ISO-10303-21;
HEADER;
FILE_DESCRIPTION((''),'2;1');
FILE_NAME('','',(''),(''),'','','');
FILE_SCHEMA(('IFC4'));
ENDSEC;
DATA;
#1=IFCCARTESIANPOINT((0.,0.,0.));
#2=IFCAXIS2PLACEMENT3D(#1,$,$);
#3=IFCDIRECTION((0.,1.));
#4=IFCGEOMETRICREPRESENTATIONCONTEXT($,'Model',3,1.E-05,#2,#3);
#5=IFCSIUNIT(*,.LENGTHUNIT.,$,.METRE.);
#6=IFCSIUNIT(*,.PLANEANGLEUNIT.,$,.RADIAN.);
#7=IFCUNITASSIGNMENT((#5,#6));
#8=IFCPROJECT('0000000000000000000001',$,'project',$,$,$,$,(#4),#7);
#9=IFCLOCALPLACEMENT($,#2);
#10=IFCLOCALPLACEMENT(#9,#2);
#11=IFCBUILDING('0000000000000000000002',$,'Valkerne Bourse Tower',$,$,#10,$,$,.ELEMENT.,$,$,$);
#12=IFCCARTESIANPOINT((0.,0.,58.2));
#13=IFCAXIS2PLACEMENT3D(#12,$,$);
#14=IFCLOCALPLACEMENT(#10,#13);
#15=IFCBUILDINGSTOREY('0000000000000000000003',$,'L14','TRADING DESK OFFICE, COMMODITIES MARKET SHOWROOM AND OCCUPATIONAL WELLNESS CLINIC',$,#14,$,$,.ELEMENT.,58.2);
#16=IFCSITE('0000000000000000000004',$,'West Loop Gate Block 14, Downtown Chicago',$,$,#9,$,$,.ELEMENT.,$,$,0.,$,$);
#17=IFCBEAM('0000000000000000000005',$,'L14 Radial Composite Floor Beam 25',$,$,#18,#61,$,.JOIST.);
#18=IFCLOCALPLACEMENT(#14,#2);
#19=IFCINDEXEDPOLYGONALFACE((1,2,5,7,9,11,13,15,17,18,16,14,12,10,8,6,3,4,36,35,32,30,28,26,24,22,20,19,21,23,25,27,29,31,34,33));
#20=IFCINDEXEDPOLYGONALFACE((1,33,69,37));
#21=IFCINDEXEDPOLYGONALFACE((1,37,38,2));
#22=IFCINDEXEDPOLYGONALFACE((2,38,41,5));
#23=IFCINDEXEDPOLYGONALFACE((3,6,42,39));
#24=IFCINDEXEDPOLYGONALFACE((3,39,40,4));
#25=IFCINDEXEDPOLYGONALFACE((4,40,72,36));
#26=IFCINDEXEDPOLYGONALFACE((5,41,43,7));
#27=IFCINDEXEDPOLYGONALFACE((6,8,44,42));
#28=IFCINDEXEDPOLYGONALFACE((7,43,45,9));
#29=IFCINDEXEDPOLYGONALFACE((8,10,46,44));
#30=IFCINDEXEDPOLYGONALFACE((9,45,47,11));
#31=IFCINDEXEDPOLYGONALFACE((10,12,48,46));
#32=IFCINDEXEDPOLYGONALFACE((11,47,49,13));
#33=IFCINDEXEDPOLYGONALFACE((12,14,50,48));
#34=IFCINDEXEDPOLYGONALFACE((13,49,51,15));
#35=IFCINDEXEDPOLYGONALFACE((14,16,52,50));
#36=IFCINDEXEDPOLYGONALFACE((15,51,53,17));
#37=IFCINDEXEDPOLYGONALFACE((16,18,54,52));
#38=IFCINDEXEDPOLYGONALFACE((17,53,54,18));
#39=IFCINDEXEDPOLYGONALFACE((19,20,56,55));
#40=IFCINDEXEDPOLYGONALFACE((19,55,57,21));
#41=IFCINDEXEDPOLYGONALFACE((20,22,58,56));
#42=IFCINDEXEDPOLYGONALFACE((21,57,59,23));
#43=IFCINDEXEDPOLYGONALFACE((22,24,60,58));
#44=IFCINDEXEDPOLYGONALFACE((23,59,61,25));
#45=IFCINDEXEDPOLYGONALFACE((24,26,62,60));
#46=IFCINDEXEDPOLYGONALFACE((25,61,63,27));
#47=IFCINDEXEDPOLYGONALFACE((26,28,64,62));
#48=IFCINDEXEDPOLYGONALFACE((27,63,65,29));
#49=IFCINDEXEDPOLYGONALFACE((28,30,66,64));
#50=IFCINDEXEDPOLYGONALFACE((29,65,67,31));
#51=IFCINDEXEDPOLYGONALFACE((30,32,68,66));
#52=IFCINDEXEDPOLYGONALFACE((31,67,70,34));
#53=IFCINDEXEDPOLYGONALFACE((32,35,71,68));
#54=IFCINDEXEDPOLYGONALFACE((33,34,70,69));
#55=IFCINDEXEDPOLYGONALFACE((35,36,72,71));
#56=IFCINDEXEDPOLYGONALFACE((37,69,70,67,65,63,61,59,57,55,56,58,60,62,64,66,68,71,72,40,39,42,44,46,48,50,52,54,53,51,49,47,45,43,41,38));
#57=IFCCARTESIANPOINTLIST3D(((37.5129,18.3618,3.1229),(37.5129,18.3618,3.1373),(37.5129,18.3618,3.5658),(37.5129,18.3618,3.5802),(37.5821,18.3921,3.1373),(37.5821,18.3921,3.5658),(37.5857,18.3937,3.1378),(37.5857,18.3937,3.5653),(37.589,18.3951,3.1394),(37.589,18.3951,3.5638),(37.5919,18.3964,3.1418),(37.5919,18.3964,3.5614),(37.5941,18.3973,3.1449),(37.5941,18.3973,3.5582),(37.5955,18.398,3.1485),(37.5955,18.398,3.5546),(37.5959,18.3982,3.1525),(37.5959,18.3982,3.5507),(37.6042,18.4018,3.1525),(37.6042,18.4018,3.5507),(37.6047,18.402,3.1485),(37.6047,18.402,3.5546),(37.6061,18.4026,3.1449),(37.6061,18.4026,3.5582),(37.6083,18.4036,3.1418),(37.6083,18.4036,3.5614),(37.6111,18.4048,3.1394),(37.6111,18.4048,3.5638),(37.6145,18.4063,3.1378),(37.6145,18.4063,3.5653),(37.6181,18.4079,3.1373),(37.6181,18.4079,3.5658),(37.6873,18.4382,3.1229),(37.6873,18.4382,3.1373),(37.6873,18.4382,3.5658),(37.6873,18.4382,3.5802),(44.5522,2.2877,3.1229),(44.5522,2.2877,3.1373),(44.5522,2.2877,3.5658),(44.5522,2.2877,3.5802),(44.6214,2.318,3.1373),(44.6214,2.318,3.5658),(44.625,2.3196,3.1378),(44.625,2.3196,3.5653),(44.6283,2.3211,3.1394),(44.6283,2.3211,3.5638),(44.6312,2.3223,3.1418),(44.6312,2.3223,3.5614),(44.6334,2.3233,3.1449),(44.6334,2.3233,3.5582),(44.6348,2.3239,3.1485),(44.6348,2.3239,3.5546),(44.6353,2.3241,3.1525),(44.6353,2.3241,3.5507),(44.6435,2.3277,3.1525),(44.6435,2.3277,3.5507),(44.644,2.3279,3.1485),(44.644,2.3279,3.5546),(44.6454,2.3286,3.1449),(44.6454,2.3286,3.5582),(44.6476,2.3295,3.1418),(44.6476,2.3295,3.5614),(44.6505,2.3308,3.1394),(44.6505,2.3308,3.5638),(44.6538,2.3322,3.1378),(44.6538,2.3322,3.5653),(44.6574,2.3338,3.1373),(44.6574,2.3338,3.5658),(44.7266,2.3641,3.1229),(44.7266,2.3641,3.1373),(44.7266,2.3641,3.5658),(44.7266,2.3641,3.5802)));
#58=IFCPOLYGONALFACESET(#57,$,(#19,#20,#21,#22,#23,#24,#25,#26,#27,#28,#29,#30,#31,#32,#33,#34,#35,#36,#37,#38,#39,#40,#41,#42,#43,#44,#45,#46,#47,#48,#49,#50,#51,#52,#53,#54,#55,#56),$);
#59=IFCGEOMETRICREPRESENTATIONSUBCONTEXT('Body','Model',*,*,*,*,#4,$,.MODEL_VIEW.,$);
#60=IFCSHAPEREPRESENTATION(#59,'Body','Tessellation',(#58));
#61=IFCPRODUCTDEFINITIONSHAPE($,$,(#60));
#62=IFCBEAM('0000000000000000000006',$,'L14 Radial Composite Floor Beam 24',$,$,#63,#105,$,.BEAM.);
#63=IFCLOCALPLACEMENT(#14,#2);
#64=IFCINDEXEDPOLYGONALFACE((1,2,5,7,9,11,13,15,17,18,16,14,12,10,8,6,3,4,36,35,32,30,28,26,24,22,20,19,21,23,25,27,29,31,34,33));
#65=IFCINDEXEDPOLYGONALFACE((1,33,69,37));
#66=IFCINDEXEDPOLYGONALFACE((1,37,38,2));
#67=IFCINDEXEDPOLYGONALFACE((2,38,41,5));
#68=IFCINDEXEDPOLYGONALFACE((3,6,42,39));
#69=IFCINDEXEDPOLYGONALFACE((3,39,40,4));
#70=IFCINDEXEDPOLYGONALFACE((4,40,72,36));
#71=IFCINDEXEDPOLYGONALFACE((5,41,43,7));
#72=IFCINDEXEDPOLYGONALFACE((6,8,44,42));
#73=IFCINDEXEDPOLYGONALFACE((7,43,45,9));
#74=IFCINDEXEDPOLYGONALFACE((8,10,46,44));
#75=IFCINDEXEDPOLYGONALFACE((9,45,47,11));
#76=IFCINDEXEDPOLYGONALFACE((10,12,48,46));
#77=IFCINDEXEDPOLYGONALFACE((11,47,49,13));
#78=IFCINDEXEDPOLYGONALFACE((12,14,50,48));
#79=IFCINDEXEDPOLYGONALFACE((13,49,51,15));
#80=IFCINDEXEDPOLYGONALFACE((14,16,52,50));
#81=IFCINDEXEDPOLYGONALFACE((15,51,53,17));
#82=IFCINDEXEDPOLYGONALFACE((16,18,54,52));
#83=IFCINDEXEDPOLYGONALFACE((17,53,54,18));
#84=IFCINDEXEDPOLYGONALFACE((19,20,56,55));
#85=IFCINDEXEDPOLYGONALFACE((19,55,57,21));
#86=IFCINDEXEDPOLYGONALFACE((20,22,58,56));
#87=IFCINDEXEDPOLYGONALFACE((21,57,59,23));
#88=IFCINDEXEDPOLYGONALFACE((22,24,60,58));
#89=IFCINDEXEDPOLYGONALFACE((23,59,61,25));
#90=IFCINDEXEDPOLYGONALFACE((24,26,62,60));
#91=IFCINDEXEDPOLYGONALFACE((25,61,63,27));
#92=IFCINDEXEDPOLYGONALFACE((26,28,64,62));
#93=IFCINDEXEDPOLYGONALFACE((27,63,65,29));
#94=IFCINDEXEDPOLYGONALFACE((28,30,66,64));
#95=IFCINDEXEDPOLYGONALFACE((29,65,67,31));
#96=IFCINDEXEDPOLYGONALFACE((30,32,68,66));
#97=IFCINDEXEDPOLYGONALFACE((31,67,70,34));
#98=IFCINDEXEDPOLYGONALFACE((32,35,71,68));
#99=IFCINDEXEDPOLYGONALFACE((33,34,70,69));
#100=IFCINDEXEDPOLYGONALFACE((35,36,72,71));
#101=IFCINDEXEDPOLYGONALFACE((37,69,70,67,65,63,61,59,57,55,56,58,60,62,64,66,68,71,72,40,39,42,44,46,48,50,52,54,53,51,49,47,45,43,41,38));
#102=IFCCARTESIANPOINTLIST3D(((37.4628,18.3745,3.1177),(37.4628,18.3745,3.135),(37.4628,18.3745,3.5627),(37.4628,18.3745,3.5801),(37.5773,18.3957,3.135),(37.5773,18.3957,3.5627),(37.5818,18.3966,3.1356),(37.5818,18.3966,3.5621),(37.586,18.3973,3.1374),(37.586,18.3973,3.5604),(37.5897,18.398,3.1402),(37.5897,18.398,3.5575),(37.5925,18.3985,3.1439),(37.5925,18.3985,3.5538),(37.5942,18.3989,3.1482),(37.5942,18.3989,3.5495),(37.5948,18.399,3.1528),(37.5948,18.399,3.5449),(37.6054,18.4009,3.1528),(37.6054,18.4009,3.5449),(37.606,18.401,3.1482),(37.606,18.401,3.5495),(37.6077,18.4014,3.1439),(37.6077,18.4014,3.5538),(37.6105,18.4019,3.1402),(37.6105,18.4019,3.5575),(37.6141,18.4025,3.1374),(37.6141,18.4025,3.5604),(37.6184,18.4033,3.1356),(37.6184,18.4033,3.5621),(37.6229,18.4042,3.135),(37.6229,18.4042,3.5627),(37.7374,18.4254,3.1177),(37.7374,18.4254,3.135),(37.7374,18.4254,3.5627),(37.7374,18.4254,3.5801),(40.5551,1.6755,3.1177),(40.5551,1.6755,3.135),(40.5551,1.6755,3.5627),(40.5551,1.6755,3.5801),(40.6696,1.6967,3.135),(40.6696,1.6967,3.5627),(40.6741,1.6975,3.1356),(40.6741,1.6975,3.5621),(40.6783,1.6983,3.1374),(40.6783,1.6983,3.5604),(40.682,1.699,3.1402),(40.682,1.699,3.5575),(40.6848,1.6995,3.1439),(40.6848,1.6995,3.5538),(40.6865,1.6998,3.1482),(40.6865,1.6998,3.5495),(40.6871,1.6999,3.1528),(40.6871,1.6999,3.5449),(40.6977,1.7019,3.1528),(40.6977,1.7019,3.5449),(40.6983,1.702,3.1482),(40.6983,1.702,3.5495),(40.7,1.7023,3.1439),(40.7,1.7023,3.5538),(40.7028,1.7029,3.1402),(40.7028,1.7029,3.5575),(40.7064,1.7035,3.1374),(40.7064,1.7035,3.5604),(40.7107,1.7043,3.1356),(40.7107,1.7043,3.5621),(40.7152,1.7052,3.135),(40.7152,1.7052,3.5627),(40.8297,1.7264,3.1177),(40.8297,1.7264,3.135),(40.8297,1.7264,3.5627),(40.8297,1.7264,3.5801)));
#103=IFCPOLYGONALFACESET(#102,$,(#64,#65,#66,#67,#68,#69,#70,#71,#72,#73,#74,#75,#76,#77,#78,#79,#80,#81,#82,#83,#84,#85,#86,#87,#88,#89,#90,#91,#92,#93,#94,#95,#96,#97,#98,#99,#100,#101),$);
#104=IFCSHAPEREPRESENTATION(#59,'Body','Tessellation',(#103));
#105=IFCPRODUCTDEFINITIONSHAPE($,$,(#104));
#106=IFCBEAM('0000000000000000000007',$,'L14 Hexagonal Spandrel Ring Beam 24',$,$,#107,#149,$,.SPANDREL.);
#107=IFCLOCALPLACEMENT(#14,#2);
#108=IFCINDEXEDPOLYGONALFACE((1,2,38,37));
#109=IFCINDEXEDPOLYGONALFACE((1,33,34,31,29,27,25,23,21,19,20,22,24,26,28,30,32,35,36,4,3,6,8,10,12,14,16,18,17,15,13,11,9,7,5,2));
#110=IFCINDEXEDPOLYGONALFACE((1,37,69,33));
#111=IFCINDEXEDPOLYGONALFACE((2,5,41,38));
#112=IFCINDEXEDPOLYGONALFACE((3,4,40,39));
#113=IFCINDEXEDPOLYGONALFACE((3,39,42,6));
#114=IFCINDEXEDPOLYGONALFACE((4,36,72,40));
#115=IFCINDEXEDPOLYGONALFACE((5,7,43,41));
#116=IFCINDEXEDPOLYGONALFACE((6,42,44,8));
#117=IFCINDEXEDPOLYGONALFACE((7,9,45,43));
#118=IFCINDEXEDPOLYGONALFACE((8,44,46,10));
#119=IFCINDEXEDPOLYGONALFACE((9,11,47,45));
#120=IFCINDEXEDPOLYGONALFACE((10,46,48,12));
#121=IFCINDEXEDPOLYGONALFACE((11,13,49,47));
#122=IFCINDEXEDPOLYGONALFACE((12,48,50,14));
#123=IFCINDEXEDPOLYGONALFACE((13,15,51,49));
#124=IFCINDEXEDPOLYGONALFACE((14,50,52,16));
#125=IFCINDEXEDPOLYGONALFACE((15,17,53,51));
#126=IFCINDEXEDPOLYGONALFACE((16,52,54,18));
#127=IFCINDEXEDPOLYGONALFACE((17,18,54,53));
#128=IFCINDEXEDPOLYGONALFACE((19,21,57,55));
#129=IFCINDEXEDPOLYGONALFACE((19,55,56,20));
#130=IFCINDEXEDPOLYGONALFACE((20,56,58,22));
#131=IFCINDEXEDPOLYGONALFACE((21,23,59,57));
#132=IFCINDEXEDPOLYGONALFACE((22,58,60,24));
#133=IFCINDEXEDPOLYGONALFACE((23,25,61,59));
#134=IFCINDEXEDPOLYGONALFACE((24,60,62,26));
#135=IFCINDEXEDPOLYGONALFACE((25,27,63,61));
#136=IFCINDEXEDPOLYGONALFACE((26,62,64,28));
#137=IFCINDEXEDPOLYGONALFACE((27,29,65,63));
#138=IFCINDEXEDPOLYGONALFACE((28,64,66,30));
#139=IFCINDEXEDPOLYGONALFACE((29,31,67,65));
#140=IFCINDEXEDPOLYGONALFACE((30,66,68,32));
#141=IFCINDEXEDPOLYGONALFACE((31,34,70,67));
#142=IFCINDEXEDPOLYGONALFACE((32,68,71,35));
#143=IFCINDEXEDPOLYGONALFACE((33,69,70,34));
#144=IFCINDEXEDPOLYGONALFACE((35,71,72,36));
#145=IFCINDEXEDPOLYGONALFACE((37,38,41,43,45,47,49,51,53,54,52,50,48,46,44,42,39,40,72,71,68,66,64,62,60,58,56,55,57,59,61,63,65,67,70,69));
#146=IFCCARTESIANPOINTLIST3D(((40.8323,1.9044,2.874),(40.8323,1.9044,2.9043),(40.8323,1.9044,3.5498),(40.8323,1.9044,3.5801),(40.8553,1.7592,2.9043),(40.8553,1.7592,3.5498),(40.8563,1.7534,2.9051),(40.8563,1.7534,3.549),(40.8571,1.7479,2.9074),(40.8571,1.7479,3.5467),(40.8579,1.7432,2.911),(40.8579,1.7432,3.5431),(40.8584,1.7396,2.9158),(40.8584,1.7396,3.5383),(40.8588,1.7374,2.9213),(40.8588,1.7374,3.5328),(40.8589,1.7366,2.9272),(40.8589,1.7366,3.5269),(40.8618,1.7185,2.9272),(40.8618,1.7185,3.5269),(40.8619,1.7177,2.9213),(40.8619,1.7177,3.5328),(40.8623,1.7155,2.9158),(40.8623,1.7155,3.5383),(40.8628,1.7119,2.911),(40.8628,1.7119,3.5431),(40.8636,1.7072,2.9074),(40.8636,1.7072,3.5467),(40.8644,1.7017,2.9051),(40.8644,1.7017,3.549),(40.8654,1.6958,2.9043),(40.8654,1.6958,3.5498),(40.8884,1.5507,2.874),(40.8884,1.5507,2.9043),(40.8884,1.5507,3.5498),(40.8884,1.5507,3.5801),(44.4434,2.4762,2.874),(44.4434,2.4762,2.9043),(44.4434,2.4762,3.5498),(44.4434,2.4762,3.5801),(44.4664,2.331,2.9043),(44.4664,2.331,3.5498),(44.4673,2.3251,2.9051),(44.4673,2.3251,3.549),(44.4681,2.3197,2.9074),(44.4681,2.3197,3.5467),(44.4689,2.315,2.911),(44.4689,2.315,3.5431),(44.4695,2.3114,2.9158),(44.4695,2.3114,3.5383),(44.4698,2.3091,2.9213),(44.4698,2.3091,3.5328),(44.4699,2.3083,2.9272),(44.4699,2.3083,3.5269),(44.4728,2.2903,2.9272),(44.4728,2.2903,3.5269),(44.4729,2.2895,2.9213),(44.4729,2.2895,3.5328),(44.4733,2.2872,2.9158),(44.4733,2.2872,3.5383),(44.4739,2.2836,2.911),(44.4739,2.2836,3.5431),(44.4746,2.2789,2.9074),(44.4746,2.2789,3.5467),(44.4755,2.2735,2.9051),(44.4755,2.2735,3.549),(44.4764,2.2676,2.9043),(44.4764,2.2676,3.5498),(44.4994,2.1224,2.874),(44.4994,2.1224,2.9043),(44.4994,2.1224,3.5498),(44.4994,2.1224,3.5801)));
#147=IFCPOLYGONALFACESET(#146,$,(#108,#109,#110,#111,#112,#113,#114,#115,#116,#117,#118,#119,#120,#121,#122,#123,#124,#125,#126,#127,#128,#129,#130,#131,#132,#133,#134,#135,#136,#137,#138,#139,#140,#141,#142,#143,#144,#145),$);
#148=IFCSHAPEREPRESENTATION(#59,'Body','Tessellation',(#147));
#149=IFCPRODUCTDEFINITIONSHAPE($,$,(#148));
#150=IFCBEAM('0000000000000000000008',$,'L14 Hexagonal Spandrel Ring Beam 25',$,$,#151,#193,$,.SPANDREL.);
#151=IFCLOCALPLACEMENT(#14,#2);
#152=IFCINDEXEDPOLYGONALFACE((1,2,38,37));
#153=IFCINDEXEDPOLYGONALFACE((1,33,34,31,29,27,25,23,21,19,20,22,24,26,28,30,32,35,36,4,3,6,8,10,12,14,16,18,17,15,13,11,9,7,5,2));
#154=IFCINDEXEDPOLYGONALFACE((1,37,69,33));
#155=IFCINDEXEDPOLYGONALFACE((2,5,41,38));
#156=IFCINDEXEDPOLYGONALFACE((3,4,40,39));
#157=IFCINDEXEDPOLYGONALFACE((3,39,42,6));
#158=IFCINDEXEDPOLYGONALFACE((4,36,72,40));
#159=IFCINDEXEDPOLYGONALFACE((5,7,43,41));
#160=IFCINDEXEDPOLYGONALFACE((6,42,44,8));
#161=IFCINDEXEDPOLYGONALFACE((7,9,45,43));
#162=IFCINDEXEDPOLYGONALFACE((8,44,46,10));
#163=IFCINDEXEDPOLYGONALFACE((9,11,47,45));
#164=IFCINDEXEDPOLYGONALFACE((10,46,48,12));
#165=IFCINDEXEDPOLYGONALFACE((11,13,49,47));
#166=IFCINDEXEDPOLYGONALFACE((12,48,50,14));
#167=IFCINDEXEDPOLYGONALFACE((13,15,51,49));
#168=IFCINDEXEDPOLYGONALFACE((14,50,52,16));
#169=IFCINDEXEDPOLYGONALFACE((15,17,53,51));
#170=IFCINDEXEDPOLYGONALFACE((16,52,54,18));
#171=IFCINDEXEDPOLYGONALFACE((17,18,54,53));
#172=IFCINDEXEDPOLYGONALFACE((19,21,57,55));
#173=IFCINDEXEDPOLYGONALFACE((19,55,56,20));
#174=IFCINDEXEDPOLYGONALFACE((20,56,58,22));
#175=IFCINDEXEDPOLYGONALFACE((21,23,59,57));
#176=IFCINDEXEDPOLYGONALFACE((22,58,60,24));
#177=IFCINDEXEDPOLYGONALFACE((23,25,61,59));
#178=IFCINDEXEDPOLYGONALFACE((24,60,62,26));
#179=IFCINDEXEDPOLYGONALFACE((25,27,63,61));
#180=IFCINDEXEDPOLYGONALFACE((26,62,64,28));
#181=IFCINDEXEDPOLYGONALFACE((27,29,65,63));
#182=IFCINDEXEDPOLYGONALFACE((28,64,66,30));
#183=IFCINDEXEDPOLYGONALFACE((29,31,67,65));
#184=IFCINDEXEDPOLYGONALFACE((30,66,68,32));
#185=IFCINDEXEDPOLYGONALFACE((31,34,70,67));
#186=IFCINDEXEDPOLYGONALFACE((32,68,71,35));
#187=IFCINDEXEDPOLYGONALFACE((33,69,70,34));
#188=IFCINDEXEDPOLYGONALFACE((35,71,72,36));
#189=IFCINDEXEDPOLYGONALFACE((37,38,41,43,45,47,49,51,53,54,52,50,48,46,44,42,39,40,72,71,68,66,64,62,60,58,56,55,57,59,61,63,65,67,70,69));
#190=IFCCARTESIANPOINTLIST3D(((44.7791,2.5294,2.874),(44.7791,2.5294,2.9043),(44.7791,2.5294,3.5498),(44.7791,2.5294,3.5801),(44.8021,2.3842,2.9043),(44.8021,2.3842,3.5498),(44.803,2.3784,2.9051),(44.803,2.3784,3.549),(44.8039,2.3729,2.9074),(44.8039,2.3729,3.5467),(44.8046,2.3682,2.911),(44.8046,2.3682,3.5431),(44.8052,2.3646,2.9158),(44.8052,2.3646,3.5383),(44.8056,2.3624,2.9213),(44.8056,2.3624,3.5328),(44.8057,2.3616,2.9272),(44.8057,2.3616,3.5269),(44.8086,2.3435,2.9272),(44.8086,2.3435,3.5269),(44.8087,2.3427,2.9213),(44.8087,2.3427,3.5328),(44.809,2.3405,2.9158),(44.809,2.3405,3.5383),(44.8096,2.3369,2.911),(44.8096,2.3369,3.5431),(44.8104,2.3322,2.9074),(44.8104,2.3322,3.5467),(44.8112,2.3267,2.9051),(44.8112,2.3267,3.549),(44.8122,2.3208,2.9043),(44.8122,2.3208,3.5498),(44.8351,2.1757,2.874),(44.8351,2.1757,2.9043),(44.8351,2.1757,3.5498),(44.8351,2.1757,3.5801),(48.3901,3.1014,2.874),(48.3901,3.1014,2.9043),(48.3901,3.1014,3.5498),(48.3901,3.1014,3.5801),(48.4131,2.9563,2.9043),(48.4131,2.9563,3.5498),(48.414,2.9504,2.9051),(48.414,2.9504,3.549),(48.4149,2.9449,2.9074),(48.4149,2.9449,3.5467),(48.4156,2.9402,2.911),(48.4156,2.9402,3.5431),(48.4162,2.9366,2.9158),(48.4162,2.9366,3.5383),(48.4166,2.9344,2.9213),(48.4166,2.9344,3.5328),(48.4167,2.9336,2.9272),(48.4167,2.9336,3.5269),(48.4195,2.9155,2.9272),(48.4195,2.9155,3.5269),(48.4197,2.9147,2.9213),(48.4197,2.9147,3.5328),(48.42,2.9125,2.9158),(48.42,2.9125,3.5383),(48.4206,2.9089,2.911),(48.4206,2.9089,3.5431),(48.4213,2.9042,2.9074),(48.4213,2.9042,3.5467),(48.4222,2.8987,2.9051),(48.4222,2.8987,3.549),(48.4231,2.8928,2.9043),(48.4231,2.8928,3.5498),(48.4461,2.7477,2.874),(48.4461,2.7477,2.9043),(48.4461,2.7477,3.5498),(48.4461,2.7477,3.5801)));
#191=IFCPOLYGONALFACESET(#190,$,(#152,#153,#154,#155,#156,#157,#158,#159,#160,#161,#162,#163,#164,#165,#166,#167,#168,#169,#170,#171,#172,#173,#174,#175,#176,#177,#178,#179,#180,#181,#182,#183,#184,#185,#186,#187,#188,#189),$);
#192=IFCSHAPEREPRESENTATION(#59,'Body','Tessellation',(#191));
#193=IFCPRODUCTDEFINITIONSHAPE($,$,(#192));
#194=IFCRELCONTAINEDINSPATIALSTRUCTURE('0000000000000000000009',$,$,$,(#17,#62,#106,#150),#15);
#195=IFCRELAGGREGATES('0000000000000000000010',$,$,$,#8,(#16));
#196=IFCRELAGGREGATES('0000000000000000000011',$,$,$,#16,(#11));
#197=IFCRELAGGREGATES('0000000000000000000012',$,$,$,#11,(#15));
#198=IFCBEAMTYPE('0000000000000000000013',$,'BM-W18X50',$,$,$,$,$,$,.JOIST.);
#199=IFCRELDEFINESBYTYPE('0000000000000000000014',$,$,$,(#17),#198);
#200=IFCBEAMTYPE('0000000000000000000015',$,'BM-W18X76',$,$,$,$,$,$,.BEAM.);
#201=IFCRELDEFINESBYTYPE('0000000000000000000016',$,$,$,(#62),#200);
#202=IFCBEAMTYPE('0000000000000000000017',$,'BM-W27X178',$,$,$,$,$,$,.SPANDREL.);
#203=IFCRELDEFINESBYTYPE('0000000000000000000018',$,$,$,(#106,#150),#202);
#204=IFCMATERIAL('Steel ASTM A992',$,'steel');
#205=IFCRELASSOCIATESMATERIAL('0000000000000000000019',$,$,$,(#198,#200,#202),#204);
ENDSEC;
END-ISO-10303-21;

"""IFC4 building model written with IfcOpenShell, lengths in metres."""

from ifc_helpers import new_model, si_unit, direction, frame, origin, origin_2d, place, context, subcontext, project, spatial, i_section, extrude, material, material_profile, profile_set, type_object, element, save


model = new_model("IFC4")

# Units and contexts
model_context = context("Model", 3, precision=1e-05, world=origin(), true_north=direction((0.0, 1.0)))
body_context = subcontext(model_context, "Body", "Model", "MODEL_VIEW")
ifc_project = project(units=[si_unit("LENGTHUNIT", "METRE"), si_unit("PLANEANGLEUNIT", "RADIAN")], contexts=[model_context])

# Site, building, storey
site_placement = place(None, origin())
site = spatial("IfcSite", under=ifc_project, at=site_placement, Name="West Loop Gate Block 14, Downtown Chicago", CompositionType="ELEMENT", RefElevation=0.0)
building_placement = place(site_placement, origin())
building = spatial("IfcBuilding", under=site, at=building_placement, Name="Valkerne Bourse Tower", CompositionType="ELEMENT")
storey_placement = place(building_placement, frame((0.0, 0.0, 58.2)))
storey = spatial("IfcBuildingStorey", under=building, at=storey_placement, Name="L14", Description="TRADING DESK OFFICE, COMMODITIES MARKET SHOWROOM AND OCCUPATIONAL WELLNESS CLINIC", CompositionType="ELEMENT", Elevation=58.2)

# Beams
ifc_material_1 = material(Name="Steel ASTM A992", Category="steel")
ifc_material_profile_1 = material_profile(ifc_material_1, i_section(OverallWidth=0.1904, OverallDepth=0.4573, WebThickness=0.009, FlangeThickness=0.0144, FilletRadius=0.0151, at=origin_2d()), Name="W18X50")
ifc_profile_set_1 = profile_set([ifc_material_profile_1], Name="Steel ASTM A992")
beam_type_1 = type_object("IfcBeamType", Name="BM-W18X50", PredefinedType="JOIST", material=ifc_profile_set_1)
beam_1_placement = place(storey_placement, frame((44.6394, 2.3259, 3.3516), z_axis=(-0.401151, 0.916012, 0.0), x_axis=(-0.916012, -0.401151, 0.0)))
element("IfcBeam", 1, at=beam_1_placement, inside=storey, type_object=beam_type_1, Name="L14 Radial Composite Floor Beam 25", PredefinedType="JOIST", context=body_context, shape_type="SweptSolid", body=[
    extrude(i_section(OverallWidth=0.1904, OverallDepth=0.4573, WebThickness=0.009, FlangeThickness=0.0144, FilletRadius=0.0151, at=origin_2d()), origin(), (0.0, 0.0, 1.0), 17.5479),
])
ifc_material_profile_2 = material_profile(ifc_material_1, i_section(OverallWidth=0.2793, OverallDepth=0.4624, WebThickness=0.0107, FlangeThickness=0.0173, FilletRadius=0.0178, at=origin_2d()), Name="W18X76")
ifc_profile_set_2 = profile_set([ifc_material_profile_2], Name="Steel ASTM A992")
beam_type_2 = type_object("IfcBeamType", Name="BM-W18X76", PredefinedType="BEAM", material=ifc_profile_set_2)
beam_2_placement = place(storey_placement, frame((40.6924, 1.7009, 3.3489), z_axis=(-0.182083, 0.983283, 0.0), x_axis=(-0.983283, -0.182083, 0.0)))
element("IfcBeam", 2, at=beam_2_placement, inside=storey, type_object=beam_type_2, Name="L14 Radial Composite Floor Beam 24", PredefinedType="BEAM", context=body_context, shape_type="SweptSolid", body=[
    extrude(i_section(OverallWidth=0.2793, OverallDepth=0.4624, WebThickness=0.0107, FlangeThickness=0.0173, FilletRadius=0.0178, at=origin_2d()), origin(), (0.0, 0.0, 1.0), 16.9829),
])
ifc_material_profile_3 = material_profile(ifc_material_1, i_section(OverallWidth=0.3582, OverallDepth=0.7061, WebThickness=0.0183, FlangeThickness=0.0303, FilletRadius=0.0229, at=origin_2d()), Name="W27X178")
ifc_profile_set_3 = profile_set([ifc_material_profile_3], Name="Steel ASTM A992")
beam_type_3 = type_object("IfcBeamType", Name="BM-W27X178", PredefinedType="SPANDREL", material=ifc_profile_set_3)
for number, where, z_axis, x_axis, name in (
    (3, (40.8604, 1.7275, 3.2271), (0.987695, 0.156391, 0.0), (-0.156391, 0.987695, 0.0), "L14 Hexagonal Spandrel Ring Beam 24"),
    (4, (44.8071, 2.3525, 3.2271), (0.987685, 0.156456, 0.0), (-0.156456, 0.987685, 0.0), "L14 Hexagonal Spandrel Ring Beam 25"),
):
    element("IfcBeam", number, at=place(storey_placement, frame(where, z_axis=z_axis, x_axis=x_axis)), inside=storey, type_object=beam_type_3, Name=name, PredefinedType="SPANDREL", context=body_context, shape_type="SweptSolid", body=[
        extrude(i_section(OverallWidth=0.3582, OverallDepth=0.7061, WebThickness=0.0183, FlangeThickness=0.0303, FilletRadius=0.0229, at=origin_2d()), origin(), (0.0, 0.0, 1.0), 3.656),
    ])

save(model, "model.ifc")
